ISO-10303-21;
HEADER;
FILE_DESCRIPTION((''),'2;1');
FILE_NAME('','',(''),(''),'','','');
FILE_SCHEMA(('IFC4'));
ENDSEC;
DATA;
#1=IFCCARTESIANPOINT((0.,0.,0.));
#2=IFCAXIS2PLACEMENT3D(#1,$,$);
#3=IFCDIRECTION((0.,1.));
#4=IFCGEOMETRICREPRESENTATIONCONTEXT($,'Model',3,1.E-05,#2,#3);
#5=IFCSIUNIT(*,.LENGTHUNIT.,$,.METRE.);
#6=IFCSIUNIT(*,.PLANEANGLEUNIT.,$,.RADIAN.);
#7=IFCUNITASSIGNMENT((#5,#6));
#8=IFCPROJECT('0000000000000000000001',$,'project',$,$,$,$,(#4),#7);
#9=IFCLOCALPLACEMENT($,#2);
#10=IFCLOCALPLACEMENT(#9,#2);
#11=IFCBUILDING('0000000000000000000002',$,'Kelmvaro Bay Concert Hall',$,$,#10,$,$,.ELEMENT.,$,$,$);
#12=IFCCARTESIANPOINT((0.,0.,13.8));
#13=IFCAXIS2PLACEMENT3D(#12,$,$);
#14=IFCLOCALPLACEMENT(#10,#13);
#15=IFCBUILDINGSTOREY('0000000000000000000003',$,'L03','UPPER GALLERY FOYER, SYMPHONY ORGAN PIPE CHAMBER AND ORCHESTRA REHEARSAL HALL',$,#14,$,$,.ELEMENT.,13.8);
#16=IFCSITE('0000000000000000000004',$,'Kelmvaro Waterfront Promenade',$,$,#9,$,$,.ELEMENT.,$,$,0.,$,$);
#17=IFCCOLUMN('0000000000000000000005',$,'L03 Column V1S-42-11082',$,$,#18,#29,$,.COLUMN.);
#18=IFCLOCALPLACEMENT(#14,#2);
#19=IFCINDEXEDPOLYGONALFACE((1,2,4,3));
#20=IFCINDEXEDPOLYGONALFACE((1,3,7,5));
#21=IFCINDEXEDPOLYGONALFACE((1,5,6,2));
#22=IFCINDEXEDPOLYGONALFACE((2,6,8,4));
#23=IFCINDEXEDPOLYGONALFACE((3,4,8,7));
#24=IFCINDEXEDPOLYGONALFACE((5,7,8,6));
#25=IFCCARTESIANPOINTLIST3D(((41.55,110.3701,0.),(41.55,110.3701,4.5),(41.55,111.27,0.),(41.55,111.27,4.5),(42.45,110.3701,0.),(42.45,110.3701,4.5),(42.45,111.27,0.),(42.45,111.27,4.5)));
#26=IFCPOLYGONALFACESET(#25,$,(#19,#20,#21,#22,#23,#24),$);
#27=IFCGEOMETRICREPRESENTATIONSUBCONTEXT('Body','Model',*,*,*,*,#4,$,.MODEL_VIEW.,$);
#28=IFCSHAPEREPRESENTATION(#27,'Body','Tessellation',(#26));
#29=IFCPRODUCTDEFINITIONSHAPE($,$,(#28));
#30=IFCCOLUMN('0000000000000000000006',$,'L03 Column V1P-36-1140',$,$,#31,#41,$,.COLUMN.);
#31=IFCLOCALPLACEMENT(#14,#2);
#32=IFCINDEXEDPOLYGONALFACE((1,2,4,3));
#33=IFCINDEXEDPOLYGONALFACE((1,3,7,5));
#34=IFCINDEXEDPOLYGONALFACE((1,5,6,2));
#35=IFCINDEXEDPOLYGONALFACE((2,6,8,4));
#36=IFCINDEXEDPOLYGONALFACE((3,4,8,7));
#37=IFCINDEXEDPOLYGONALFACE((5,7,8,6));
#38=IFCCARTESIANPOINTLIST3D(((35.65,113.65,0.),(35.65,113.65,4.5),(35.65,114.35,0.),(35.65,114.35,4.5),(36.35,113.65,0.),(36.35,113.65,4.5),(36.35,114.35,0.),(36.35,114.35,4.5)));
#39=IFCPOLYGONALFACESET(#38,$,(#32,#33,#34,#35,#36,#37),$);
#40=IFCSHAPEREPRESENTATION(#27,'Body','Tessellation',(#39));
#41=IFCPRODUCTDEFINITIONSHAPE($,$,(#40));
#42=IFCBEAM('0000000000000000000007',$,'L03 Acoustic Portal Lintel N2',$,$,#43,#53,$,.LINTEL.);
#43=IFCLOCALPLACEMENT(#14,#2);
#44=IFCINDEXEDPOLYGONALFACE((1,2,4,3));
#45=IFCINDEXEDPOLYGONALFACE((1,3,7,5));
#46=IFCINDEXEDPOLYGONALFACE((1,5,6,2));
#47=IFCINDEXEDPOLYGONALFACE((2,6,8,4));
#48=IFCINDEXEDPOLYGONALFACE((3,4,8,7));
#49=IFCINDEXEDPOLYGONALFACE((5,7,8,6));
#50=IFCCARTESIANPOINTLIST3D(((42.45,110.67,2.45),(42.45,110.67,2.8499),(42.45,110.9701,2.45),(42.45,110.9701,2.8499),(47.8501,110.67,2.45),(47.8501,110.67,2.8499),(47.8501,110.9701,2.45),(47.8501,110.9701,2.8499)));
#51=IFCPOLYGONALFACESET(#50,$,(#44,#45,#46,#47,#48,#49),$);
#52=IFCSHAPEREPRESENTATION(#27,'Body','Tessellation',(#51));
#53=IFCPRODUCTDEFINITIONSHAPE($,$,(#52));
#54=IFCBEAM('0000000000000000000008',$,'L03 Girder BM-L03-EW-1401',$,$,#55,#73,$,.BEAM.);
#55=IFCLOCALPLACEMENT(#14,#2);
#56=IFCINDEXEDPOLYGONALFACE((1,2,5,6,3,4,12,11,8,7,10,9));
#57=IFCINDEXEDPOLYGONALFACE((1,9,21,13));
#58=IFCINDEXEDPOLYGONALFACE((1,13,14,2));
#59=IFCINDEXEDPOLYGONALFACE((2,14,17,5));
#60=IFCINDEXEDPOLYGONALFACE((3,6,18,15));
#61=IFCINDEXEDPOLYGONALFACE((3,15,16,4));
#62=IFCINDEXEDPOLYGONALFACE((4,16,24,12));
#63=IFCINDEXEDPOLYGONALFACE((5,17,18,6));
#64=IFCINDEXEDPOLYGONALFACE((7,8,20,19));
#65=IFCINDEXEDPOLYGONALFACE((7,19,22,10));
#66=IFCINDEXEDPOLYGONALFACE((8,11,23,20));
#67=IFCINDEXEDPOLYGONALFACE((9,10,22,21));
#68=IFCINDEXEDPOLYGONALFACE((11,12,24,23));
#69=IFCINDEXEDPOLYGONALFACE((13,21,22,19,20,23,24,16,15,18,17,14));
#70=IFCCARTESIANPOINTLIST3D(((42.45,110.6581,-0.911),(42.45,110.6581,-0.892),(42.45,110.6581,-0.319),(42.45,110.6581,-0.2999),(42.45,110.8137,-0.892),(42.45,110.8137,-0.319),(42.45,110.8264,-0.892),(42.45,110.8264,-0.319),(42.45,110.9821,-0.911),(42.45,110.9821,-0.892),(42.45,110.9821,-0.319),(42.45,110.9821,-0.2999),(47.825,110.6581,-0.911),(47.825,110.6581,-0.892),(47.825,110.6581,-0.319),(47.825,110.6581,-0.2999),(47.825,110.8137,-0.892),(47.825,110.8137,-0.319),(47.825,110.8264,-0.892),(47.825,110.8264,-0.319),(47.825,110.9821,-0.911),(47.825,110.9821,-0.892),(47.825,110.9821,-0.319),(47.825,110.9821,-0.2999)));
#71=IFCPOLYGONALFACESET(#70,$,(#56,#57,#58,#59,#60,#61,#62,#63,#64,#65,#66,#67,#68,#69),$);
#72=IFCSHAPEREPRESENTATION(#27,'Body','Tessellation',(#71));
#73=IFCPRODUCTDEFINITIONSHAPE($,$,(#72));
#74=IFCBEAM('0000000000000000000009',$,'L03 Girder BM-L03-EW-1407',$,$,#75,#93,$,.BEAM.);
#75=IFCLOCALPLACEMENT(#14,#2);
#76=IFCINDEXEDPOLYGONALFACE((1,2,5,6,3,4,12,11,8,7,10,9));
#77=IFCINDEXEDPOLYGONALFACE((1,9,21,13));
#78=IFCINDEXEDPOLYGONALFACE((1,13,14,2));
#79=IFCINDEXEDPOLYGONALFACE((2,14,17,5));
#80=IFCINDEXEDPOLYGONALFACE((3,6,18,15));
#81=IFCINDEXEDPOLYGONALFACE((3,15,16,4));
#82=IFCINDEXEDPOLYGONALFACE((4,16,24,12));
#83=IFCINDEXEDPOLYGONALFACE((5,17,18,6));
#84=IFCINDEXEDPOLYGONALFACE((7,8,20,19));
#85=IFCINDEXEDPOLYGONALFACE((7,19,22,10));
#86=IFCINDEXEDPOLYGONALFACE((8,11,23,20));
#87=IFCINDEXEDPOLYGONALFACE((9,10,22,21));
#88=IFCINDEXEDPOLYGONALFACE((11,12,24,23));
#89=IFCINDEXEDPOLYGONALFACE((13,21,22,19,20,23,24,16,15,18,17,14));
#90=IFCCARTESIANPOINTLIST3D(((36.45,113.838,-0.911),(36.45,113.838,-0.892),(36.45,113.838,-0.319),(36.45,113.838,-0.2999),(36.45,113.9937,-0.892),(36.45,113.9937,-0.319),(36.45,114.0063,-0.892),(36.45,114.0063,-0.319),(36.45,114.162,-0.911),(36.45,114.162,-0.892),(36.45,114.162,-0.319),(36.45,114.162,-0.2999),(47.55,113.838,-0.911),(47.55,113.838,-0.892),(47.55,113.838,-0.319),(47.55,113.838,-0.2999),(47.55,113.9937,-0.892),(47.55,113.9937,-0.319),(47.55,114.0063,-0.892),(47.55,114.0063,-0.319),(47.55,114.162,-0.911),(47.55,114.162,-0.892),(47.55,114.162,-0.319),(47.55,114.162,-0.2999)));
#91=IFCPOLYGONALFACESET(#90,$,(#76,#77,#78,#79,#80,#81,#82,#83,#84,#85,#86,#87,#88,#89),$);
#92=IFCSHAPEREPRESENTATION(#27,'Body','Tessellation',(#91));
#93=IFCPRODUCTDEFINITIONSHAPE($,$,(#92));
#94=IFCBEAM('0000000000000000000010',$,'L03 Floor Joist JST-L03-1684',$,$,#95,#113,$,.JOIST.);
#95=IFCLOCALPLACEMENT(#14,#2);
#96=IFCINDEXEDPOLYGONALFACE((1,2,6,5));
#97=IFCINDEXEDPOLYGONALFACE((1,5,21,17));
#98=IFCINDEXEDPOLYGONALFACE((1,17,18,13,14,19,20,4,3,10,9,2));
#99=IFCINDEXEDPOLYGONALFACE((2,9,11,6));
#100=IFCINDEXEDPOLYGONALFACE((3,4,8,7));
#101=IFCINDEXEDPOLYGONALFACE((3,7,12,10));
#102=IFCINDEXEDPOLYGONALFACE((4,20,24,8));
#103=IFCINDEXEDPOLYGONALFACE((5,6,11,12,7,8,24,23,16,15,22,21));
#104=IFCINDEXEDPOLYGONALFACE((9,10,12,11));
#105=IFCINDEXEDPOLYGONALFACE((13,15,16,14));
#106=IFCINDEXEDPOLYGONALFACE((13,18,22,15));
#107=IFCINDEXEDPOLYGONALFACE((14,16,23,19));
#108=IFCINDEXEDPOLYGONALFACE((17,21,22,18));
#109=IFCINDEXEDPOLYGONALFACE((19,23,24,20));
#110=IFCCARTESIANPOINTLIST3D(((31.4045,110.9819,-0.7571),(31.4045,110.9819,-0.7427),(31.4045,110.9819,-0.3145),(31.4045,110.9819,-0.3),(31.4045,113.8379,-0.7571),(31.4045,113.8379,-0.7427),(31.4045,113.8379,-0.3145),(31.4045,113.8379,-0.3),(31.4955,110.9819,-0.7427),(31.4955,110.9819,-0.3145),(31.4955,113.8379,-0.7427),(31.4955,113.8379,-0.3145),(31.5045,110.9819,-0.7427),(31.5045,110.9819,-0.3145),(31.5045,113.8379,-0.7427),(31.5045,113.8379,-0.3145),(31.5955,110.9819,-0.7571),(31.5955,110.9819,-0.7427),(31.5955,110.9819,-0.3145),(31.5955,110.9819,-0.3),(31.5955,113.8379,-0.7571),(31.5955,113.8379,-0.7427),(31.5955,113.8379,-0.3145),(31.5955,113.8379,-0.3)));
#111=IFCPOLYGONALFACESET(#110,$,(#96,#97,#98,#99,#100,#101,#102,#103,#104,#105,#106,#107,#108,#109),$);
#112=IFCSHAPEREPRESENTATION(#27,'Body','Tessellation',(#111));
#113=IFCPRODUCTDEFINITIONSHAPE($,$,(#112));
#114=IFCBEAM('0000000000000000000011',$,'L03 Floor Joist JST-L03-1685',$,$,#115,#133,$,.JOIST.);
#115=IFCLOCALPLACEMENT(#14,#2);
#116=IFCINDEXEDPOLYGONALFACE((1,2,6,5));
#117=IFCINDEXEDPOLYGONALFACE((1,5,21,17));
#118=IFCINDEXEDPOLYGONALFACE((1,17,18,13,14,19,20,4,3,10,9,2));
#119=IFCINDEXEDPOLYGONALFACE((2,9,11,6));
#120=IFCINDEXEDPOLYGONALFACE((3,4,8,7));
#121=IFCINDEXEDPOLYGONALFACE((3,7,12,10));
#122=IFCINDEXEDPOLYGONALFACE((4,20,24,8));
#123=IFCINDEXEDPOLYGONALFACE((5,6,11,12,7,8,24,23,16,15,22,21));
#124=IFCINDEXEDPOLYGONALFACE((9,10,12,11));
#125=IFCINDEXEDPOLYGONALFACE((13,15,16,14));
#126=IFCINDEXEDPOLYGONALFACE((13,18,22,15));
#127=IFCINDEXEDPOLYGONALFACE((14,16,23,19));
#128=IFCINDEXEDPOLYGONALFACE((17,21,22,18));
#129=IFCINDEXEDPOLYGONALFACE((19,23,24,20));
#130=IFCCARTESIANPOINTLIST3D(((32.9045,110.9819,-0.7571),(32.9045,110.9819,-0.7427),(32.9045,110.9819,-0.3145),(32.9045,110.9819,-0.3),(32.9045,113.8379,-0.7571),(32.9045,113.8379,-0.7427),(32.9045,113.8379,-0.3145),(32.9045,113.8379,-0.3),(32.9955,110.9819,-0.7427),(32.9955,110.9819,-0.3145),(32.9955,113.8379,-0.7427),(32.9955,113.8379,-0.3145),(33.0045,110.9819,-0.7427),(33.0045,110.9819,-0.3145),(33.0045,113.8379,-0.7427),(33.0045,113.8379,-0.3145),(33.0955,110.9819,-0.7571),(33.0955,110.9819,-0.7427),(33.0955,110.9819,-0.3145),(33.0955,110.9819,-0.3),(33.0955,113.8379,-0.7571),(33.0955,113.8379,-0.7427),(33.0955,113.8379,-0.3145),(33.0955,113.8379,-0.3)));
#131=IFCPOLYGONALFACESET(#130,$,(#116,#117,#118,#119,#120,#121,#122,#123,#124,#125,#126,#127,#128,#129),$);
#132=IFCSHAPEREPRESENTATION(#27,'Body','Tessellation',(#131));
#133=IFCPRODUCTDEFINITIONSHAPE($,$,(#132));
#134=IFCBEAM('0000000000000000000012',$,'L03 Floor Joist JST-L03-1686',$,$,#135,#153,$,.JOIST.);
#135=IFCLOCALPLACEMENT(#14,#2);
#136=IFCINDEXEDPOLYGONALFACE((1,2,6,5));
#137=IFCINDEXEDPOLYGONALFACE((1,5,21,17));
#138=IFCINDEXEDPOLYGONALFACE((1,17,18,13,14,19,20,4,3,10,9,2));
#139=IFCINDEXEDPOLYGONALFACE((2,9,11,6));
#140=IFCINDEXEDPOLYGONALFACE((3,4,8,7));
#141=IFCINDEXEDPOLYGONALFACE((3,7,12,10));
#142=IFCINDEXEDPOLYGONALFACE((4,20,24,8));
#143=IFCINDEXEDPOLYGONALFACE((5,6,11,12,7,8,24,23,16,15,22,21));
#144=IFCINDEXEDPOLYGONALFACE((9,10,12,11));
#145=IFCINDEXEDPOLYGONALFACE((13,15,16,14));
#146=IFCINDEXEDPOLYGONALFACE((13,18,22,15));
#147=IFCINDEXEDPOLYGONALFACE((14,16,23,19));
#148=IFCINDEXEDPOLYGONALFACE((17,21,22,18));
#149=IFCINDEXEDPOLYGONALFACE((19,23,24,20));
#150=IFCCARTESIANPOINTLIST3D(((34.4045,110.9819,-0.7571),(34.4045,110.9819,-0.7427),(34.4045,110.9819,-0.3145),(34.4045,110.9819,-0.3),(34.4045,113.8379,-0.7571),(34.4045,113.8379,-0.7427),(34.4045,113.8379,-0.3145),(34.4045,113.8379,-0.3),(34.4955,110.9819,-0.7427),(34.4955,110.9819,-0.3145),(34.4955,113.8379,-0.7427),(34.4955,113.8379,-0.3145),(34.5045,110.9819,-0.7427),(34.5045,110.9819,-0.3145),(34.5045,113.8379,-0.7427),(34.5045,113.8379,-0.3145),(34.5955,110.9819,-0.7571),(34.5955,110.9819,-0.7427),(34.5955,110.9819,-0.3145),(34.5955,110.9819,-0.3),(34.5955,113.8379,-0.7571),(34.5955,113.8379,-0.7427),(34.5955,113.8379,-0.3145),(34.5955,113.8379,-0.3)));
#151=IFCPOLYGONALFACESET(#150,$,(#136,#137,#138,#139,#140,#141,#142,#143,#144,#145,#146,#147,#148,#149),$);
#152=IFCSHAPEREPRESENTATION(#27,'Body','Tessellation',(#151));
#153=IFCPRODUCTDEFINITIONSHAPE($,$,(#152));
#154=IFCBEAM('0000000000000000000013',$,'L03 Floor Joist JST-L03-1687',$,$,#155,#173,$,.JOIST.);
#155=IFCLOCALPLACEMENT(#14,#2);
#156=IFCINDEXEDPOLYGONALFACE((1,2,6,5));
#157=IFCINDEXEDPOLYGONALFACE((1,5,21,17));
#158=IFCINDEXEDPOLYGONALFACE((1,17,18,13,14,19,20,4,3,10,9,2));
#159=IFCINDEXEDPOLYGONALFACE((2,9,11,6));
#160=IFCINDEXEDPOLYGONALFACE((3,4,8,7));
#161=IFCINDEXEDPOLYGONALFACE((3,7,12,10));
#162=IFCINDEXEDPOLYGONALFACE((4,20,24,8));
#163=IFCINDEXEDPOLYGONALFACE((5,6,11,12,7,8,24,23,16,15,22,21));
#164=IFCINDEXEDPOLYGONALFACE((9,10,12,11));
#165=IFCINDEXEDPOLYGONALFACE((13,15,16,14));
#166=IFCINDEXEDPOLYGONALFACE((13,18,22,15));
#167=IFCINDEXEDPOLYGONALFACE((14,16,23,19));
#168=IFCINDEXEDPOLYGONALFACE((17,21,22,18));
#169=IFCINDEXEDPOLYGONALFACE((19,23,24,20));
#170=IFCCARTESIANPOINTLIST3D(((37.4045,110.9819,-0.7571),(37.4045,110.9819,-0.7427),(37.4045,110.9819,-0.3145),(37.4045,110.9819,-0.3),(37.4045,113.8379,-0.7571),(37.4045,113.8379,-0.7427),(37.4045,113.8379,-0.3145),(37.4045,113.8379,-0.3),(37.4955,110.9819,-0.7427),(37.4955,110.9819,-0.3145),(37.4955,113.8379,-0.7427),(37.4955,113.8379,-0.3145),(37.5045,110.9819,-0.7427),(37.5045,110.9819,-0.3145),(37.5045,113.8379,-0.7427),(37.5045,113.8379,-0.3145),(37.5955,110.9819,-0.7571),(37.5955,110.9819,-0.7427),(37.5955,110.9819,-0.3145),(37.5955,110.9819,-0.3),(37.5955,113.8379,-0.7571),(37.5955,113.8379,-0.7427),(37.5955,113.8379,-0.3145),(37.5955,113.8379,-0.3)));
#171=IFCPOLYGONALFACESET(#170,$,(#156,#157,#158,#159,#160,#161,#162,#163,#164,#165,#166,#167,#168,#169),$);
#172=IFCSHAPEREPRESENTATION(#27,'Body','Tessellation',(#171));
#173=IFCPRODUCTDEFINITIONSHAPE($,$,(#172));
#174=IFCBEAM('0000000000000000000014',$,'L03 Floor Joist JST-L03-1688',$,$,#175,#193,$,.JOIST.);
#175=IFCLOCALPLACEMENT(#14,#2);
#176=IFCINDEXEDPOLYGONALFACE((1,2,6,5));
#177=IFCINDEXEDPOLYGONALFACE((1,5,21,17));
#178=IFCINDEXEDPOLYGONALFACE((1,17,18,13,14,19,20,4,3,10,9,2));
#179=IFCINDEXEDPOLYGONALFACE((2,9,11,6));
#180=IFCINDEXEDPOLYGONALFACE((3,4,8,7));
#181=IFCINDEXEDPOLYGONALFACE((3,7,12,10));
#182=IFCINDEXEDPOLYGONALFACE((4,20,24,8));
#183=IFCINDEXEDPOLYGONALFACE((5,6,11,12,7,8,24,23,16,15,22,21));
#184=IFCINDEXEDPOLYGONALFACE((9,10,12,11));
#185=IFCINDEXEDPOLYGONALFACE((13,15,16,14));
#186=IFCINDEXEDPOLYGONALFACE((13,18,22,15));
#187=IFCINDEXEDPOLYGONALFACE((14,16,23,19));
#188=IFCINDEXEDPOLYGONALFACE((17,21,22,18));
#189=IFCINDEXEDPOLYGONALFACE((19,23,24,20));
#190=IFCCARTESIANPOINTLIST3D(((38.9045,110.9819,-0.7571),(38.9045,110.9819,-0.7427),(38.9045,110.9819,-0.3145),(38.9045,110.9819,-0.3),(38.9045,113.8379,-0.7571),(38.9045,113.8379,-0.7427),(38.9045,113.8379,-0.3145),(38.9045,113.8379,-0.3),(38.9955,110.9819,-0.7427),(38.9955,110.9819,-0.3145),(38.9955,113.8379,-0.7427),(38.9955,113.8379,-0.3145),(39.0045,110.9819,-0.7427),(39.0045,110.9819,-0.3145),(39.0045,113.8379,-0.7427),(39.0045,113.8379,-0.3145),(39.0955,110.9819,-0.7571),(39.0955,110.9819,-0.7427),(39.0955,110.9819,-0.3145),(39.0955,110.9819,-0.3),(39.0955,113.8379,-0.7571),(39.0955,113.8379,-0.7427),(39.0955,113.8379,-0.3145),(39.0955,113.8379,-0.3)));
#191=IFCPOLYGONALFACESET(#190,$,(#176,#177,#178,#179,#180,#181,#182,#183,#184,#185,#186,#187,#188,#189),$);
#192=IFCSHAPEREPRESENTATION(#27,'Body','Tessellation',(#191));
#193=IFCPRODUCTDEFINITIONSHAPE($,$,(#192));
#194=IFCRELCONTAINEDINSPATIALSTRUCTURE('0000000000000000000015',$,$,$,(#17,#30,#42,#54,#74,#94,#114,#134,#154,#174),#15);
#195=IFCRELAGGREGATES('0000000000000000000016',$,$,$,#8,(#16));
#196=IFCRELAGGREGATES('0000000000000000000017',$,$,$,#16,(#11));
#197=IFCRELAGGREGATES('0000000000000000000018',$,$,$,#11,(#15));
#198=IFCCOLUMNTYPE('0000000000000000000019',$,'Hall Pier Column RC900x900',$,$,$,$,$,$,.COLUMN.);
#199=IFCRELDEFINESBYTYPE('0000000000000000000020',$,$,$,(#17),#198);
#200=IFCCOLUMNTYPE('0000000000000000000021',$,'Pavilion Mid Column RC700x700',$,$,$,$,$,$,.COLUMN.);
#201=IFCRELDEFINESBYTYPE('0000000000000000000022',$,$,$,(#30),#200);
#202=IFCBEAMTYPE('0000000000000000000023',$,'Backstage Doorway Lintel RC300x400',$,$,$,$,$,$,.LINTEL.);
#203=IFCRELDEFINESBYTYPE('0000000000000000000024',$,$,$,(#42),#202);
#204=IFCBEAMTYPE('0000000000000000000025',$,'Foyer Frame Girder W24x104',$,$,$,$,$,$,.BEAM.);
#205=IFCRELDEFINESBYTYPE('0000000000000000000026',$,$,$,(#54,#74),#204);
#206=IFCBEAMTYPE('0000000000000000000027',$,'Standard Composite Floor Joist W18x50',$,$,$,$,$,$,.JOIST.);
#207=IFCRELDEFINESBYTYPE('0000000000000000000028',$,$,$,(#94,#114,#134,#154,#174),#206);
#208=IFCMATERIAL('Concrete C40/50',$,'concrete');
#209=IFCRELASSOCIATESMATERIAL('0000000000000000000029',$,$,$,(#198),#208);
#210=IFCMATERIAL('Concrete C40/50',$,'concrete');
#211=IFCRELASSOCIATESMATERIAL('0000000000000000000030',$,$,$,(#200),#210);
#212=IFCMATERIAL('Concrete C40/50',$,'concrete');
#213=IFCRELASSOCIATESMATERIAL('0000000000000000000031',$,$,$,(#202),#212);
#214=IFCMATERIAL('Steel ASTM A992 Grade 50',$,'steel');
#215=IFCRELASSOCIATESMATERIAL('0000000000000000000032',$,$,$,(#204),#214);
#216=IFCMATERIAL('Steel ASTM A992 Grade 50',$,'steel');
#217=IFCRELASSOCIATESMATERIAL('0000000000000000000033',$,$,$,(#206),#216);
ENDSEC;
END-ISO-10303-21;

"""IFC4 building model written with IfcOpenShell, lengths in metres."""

from ifc_helpers import new_model, si_unit, direction, frame, origin, origin_2d, place, context, subcontext, project, spatial, rectangle, i_section, extrude, material, material_profile, profile_set, type_object, element, save


model = new_model("IFC4")

# Units and contexts
model_context = context("Model", 3, precision=1e-05, world=origin(), true_north=direction((0.0, 1.0)))
body_context = subcontext(model_context, "Body", "Model", "MODEL_VIEW")
ifc_project = project(units=[si_unit("LENGTHUNIT", "METRE"), si_unit("PLANEANGLEUNIT", "RADIAN")], contexts=[model_context])

# Site, building, storey
site_placement = place(None, origin())
site = spatial("IfcSite", under=ifc_project, at=site_placement, Name="Kelmvaro Waterfront Promenade", CompositionType="ELEMENT", RefElevation=0.0)
building_placement = place(site_placement, origin())
building = spatial("IfcBuilding", under=site, at=building_placement, Name="Kelmvaro Bay Concert Hall", CompositionType="ELEMENT")
storey_placement = place(building_placement, frame((0.0, 0.0, 13.8)))
storey = spatial("IfcBuildingStorey", under=building, at=storey_placement, Name="L03", Description="UPPER GALLERY FOYER, SYMPHONY ORGAN PIPE CHAMBER AND ORCHESTRA REHEARSAL HALL", CompositionType="ELEMENT", Elevation=13.8)

# Columns
ifc_material_1 = material(Name="Concrete C40/50", Category="concrete")
ifc_material_profile_1 = material_profile(ifc_material_1, rectangle(XDim=0.8999, YDim=0.8999, at=origin_2d()), Name="RC-COL-900X900")
ifc_profile_set_1 = profile_set([ifc_material_profile_1], Name="Concrete C40/50")
column_type_1 = type_object("IfcColumnType", Name="Hall Pier Column RC900x900", PredefinedType="COLUMN", material=ifc_profile_set_1)
column_1_placement = place(storey_placement, frame((42.0, 110.8201, 0.0), z_axis=(0.0, 0.0, 1.0), x_axis=(1.0, 0.0, 0.0)))
element("IfcColumn", 1, at=column_1_placement, inside=storey, type_object=column_type_1, Name="L03 Column V1S-42-11082", PredefinedType="COLUMN", context=body_context, shape_type="SweptSolid", body=[
    extrude(rectangle(XDim=0.8999, YDim=0.8999, at=origin_2d()), origin(), (0.0, 0.0, 1.0), 4.5),
])
ifc_material_2 = material(Name="Concrete C40/50", Category="concrete")
ifc_material_profile_2 = material_profile(ifc_material_2, rectangle(XDim=0.7, YDim=0.7, at=origin_2d()), Name="RC-COL-700X700")
ifc_profile_set_2 = profile_set([ifc_material_profile_2], Name="Concrete C40/50")
column_type_2 = type_object("IfcColumnType", Name="Pavilion Mid Column RC700x700", PredefinedType="COLUMN", material=ifc_profile_set_2)
column_2_placement = place(storey_placement, frame((36.0, 114.0, 0.0), z_axis=(0.0, 0.0, 1.0), x_axis=(1.0, 0.0, 0.0)))
element("IfcColumn", 2, at=column_2_placement, inside=storey, type_object=column_type_2, Name="L03 Column V1P-36-1140", PredefinedType="COLUMN", context=body_context, shape_type="SweptSolid", body=[
    extrude(rectangle(XDim=0.7, YDim=0.7, at=origin_2d()), origin(), (0.0, 0.0, 1.0), 4.5),
])

# Beams
ifc_material_3 = material(Name="Concrete C40/50", Category="concrete")
ifc_material_profile_3 = material_profile(ifc_material_3, rectangle(XDim=0.3, YDim=0.3999, at=origin_2d()), Name="RC-LNT-300X400")
ifc_profile_set_3 = profile_set([ifc_material_profile_3], Name="Concrete C40/50")
beam_type_1 = type_object("IfcBeamType", Name="Backstage Doorway Lintel RC300x400", PredefinedType="LINTEL", material=ifc_profile_set_3)
beam_1_placement = place(storey_placement, frame((42.45, 110.8201, 2.6499), z_axis=(1.0, 0.0, 0.0), x_axis=(0.0, 1.0, 0.0)))
element("IfcBeam", 3, at=beam_1_placement, inside=storey, type_object=beam_type_1, Name="L03 Acoustic Portal Lintel N2", PredefinedType="LINTEL", context=body_context, shape_type="SweptSolid", body=[
    extrude(rectangle(XDim=0.3, YDim=0.3999, at=origin_2d()), origin(), (0.0, 0.0, 1.0), 5.4001),
])
ifc_material_4 = material(Name="Steel ASTM A992 Grade 50", Category="steel")
ifc_material_profile_4 = material_profile(ifc_material_4, i_section(OverallWidth=0.324, OverallDepth=0.6111, WebThickness=0.0127, FlangeThickness=0.019, at=origin_2d()), Name="W24X104")
ifc_profile_set_4 = profile_set([ifc_material_profile_4], Name="Steel ASTM A992 Grade 50")
beam_type_2 = type_object("IfcBeamType", Name="Foyer Frame Girder W24x104", PredefinedType="BEAM", material=ifc_profile_set_4)
beam_2_placement = place(storey_placement, frame((42.45, 110.8201, -0.6055), z_axis=(1.0, 0.0, 0.0), x_axis=(0.0, 1.0, 0.0)))
element("IfcBeam", 4, at=beam_2_placement, inside=storey, type_object=beam_type_2, Name="L03 Girder BM-L03-EW-1401", PredefinedType="BEAM", context=body_context, shape_type="SweptSolid", body=[
    extrude(i_section(OverallWidth=0.324, OverallDepth=0.6111, WebThickness=0.0127, FlangeThickness=0.019, at=origin_2d()), origin(), (0.0, 0.0, 1.0), 5.375),
])
beam_3_placement = place(storey_placement, frame((36.45, 114.0, -0.6055), z_axis=(1.0, 0.0, 0.0), x_axis=(0.0, 1.0, 0.0)))
element("IfcBeam", 5, at=beam_3_placement, inside=storey, type_object=beam_type_2, Name="L03 Girder BM-L03-EW-1407", PredefinedType="BEAM", context=body_context, shape_type="SweptSolid", body=[
    extrude(i_section(OverallWidth=0.324, OverallDepth=0.6111, WebThickness=0.0127, FlangeThickness=0.019, at=origin_2d()), origin(), (0.0, 0.0, 1.0), 11.1001),
])
ifc_material_5 = material(Name="Steel ASTM A992 Grade 50", Category="steel")
ifc_material_profile_5 = material_profile(ifc_material_5, i_section(OverallWidth=0.1909, OverallDepth=0.457, WebThickness=0.009, FlangeThickness=0.0144, at=origin_2d()), Name="W18X50")
ifc_profile_set_5 = profile_set([ifc_material_profile_5], Name="Steel ASTM A992 Grade 50")
beam_type_3 = type_object("IfcBeamType", Name="Standard Composite Floor Joist W18x50", PredefinedType="JOIST", material=ifc_profile_set_5)
for number, where, z_axis, x_axis, name in (
    (6, (31.5, 110.9819, -0.5286), (0.0, 1.0, 0.0), (-1.0, 0.0, 0.0), "L03 Floor Joist JST-L03-1684"),
    (7, (33.0, 110.9819, -0.5286), (0.0, 1.0, 0.0), (-1.0, 0.0, 0.0), "L03 Floor Joist JST-L03-1685"),
    (8, (34.5, 110.9819, -0.5286), (0.0, 1.0, 0.0), (-1.0, 0.0, 0.0), "L03 Floor Joist JST-L03-1686"),
    (9, (37.5, 110.9819, -0.5286), (0.0, 1.0, 0.0), (-1.0, 0.0, 0.0), "L03 Floor Joist JST-L03-1687"),
    (10, (39.0, 110.9819, -0.5286), (0.0, 1.0, 0.0), (-1.0, 0.0, 0.0), "L03 Floor Joist JST-L03-1688"),
):
    element("IfcBeam", number, at=place(storey_placement, frame(where, z_axis=z_axis, x_axis=x_axis)), inside=storey, type_object=beam_type_3, Name=name, PredefinedType="JOIST", context=body_context, shape_type="SweptSolid", body=[
        extrude(i_section(OverallWidth=0.1909, OverallDepth=0.457, WebThickness=0.009, FlangeThickness=0.0144, at=origin_2d()), origin(), (0.0, 0.0, 1.0), 2.856),
    ])

save(model, "model.ifc")
